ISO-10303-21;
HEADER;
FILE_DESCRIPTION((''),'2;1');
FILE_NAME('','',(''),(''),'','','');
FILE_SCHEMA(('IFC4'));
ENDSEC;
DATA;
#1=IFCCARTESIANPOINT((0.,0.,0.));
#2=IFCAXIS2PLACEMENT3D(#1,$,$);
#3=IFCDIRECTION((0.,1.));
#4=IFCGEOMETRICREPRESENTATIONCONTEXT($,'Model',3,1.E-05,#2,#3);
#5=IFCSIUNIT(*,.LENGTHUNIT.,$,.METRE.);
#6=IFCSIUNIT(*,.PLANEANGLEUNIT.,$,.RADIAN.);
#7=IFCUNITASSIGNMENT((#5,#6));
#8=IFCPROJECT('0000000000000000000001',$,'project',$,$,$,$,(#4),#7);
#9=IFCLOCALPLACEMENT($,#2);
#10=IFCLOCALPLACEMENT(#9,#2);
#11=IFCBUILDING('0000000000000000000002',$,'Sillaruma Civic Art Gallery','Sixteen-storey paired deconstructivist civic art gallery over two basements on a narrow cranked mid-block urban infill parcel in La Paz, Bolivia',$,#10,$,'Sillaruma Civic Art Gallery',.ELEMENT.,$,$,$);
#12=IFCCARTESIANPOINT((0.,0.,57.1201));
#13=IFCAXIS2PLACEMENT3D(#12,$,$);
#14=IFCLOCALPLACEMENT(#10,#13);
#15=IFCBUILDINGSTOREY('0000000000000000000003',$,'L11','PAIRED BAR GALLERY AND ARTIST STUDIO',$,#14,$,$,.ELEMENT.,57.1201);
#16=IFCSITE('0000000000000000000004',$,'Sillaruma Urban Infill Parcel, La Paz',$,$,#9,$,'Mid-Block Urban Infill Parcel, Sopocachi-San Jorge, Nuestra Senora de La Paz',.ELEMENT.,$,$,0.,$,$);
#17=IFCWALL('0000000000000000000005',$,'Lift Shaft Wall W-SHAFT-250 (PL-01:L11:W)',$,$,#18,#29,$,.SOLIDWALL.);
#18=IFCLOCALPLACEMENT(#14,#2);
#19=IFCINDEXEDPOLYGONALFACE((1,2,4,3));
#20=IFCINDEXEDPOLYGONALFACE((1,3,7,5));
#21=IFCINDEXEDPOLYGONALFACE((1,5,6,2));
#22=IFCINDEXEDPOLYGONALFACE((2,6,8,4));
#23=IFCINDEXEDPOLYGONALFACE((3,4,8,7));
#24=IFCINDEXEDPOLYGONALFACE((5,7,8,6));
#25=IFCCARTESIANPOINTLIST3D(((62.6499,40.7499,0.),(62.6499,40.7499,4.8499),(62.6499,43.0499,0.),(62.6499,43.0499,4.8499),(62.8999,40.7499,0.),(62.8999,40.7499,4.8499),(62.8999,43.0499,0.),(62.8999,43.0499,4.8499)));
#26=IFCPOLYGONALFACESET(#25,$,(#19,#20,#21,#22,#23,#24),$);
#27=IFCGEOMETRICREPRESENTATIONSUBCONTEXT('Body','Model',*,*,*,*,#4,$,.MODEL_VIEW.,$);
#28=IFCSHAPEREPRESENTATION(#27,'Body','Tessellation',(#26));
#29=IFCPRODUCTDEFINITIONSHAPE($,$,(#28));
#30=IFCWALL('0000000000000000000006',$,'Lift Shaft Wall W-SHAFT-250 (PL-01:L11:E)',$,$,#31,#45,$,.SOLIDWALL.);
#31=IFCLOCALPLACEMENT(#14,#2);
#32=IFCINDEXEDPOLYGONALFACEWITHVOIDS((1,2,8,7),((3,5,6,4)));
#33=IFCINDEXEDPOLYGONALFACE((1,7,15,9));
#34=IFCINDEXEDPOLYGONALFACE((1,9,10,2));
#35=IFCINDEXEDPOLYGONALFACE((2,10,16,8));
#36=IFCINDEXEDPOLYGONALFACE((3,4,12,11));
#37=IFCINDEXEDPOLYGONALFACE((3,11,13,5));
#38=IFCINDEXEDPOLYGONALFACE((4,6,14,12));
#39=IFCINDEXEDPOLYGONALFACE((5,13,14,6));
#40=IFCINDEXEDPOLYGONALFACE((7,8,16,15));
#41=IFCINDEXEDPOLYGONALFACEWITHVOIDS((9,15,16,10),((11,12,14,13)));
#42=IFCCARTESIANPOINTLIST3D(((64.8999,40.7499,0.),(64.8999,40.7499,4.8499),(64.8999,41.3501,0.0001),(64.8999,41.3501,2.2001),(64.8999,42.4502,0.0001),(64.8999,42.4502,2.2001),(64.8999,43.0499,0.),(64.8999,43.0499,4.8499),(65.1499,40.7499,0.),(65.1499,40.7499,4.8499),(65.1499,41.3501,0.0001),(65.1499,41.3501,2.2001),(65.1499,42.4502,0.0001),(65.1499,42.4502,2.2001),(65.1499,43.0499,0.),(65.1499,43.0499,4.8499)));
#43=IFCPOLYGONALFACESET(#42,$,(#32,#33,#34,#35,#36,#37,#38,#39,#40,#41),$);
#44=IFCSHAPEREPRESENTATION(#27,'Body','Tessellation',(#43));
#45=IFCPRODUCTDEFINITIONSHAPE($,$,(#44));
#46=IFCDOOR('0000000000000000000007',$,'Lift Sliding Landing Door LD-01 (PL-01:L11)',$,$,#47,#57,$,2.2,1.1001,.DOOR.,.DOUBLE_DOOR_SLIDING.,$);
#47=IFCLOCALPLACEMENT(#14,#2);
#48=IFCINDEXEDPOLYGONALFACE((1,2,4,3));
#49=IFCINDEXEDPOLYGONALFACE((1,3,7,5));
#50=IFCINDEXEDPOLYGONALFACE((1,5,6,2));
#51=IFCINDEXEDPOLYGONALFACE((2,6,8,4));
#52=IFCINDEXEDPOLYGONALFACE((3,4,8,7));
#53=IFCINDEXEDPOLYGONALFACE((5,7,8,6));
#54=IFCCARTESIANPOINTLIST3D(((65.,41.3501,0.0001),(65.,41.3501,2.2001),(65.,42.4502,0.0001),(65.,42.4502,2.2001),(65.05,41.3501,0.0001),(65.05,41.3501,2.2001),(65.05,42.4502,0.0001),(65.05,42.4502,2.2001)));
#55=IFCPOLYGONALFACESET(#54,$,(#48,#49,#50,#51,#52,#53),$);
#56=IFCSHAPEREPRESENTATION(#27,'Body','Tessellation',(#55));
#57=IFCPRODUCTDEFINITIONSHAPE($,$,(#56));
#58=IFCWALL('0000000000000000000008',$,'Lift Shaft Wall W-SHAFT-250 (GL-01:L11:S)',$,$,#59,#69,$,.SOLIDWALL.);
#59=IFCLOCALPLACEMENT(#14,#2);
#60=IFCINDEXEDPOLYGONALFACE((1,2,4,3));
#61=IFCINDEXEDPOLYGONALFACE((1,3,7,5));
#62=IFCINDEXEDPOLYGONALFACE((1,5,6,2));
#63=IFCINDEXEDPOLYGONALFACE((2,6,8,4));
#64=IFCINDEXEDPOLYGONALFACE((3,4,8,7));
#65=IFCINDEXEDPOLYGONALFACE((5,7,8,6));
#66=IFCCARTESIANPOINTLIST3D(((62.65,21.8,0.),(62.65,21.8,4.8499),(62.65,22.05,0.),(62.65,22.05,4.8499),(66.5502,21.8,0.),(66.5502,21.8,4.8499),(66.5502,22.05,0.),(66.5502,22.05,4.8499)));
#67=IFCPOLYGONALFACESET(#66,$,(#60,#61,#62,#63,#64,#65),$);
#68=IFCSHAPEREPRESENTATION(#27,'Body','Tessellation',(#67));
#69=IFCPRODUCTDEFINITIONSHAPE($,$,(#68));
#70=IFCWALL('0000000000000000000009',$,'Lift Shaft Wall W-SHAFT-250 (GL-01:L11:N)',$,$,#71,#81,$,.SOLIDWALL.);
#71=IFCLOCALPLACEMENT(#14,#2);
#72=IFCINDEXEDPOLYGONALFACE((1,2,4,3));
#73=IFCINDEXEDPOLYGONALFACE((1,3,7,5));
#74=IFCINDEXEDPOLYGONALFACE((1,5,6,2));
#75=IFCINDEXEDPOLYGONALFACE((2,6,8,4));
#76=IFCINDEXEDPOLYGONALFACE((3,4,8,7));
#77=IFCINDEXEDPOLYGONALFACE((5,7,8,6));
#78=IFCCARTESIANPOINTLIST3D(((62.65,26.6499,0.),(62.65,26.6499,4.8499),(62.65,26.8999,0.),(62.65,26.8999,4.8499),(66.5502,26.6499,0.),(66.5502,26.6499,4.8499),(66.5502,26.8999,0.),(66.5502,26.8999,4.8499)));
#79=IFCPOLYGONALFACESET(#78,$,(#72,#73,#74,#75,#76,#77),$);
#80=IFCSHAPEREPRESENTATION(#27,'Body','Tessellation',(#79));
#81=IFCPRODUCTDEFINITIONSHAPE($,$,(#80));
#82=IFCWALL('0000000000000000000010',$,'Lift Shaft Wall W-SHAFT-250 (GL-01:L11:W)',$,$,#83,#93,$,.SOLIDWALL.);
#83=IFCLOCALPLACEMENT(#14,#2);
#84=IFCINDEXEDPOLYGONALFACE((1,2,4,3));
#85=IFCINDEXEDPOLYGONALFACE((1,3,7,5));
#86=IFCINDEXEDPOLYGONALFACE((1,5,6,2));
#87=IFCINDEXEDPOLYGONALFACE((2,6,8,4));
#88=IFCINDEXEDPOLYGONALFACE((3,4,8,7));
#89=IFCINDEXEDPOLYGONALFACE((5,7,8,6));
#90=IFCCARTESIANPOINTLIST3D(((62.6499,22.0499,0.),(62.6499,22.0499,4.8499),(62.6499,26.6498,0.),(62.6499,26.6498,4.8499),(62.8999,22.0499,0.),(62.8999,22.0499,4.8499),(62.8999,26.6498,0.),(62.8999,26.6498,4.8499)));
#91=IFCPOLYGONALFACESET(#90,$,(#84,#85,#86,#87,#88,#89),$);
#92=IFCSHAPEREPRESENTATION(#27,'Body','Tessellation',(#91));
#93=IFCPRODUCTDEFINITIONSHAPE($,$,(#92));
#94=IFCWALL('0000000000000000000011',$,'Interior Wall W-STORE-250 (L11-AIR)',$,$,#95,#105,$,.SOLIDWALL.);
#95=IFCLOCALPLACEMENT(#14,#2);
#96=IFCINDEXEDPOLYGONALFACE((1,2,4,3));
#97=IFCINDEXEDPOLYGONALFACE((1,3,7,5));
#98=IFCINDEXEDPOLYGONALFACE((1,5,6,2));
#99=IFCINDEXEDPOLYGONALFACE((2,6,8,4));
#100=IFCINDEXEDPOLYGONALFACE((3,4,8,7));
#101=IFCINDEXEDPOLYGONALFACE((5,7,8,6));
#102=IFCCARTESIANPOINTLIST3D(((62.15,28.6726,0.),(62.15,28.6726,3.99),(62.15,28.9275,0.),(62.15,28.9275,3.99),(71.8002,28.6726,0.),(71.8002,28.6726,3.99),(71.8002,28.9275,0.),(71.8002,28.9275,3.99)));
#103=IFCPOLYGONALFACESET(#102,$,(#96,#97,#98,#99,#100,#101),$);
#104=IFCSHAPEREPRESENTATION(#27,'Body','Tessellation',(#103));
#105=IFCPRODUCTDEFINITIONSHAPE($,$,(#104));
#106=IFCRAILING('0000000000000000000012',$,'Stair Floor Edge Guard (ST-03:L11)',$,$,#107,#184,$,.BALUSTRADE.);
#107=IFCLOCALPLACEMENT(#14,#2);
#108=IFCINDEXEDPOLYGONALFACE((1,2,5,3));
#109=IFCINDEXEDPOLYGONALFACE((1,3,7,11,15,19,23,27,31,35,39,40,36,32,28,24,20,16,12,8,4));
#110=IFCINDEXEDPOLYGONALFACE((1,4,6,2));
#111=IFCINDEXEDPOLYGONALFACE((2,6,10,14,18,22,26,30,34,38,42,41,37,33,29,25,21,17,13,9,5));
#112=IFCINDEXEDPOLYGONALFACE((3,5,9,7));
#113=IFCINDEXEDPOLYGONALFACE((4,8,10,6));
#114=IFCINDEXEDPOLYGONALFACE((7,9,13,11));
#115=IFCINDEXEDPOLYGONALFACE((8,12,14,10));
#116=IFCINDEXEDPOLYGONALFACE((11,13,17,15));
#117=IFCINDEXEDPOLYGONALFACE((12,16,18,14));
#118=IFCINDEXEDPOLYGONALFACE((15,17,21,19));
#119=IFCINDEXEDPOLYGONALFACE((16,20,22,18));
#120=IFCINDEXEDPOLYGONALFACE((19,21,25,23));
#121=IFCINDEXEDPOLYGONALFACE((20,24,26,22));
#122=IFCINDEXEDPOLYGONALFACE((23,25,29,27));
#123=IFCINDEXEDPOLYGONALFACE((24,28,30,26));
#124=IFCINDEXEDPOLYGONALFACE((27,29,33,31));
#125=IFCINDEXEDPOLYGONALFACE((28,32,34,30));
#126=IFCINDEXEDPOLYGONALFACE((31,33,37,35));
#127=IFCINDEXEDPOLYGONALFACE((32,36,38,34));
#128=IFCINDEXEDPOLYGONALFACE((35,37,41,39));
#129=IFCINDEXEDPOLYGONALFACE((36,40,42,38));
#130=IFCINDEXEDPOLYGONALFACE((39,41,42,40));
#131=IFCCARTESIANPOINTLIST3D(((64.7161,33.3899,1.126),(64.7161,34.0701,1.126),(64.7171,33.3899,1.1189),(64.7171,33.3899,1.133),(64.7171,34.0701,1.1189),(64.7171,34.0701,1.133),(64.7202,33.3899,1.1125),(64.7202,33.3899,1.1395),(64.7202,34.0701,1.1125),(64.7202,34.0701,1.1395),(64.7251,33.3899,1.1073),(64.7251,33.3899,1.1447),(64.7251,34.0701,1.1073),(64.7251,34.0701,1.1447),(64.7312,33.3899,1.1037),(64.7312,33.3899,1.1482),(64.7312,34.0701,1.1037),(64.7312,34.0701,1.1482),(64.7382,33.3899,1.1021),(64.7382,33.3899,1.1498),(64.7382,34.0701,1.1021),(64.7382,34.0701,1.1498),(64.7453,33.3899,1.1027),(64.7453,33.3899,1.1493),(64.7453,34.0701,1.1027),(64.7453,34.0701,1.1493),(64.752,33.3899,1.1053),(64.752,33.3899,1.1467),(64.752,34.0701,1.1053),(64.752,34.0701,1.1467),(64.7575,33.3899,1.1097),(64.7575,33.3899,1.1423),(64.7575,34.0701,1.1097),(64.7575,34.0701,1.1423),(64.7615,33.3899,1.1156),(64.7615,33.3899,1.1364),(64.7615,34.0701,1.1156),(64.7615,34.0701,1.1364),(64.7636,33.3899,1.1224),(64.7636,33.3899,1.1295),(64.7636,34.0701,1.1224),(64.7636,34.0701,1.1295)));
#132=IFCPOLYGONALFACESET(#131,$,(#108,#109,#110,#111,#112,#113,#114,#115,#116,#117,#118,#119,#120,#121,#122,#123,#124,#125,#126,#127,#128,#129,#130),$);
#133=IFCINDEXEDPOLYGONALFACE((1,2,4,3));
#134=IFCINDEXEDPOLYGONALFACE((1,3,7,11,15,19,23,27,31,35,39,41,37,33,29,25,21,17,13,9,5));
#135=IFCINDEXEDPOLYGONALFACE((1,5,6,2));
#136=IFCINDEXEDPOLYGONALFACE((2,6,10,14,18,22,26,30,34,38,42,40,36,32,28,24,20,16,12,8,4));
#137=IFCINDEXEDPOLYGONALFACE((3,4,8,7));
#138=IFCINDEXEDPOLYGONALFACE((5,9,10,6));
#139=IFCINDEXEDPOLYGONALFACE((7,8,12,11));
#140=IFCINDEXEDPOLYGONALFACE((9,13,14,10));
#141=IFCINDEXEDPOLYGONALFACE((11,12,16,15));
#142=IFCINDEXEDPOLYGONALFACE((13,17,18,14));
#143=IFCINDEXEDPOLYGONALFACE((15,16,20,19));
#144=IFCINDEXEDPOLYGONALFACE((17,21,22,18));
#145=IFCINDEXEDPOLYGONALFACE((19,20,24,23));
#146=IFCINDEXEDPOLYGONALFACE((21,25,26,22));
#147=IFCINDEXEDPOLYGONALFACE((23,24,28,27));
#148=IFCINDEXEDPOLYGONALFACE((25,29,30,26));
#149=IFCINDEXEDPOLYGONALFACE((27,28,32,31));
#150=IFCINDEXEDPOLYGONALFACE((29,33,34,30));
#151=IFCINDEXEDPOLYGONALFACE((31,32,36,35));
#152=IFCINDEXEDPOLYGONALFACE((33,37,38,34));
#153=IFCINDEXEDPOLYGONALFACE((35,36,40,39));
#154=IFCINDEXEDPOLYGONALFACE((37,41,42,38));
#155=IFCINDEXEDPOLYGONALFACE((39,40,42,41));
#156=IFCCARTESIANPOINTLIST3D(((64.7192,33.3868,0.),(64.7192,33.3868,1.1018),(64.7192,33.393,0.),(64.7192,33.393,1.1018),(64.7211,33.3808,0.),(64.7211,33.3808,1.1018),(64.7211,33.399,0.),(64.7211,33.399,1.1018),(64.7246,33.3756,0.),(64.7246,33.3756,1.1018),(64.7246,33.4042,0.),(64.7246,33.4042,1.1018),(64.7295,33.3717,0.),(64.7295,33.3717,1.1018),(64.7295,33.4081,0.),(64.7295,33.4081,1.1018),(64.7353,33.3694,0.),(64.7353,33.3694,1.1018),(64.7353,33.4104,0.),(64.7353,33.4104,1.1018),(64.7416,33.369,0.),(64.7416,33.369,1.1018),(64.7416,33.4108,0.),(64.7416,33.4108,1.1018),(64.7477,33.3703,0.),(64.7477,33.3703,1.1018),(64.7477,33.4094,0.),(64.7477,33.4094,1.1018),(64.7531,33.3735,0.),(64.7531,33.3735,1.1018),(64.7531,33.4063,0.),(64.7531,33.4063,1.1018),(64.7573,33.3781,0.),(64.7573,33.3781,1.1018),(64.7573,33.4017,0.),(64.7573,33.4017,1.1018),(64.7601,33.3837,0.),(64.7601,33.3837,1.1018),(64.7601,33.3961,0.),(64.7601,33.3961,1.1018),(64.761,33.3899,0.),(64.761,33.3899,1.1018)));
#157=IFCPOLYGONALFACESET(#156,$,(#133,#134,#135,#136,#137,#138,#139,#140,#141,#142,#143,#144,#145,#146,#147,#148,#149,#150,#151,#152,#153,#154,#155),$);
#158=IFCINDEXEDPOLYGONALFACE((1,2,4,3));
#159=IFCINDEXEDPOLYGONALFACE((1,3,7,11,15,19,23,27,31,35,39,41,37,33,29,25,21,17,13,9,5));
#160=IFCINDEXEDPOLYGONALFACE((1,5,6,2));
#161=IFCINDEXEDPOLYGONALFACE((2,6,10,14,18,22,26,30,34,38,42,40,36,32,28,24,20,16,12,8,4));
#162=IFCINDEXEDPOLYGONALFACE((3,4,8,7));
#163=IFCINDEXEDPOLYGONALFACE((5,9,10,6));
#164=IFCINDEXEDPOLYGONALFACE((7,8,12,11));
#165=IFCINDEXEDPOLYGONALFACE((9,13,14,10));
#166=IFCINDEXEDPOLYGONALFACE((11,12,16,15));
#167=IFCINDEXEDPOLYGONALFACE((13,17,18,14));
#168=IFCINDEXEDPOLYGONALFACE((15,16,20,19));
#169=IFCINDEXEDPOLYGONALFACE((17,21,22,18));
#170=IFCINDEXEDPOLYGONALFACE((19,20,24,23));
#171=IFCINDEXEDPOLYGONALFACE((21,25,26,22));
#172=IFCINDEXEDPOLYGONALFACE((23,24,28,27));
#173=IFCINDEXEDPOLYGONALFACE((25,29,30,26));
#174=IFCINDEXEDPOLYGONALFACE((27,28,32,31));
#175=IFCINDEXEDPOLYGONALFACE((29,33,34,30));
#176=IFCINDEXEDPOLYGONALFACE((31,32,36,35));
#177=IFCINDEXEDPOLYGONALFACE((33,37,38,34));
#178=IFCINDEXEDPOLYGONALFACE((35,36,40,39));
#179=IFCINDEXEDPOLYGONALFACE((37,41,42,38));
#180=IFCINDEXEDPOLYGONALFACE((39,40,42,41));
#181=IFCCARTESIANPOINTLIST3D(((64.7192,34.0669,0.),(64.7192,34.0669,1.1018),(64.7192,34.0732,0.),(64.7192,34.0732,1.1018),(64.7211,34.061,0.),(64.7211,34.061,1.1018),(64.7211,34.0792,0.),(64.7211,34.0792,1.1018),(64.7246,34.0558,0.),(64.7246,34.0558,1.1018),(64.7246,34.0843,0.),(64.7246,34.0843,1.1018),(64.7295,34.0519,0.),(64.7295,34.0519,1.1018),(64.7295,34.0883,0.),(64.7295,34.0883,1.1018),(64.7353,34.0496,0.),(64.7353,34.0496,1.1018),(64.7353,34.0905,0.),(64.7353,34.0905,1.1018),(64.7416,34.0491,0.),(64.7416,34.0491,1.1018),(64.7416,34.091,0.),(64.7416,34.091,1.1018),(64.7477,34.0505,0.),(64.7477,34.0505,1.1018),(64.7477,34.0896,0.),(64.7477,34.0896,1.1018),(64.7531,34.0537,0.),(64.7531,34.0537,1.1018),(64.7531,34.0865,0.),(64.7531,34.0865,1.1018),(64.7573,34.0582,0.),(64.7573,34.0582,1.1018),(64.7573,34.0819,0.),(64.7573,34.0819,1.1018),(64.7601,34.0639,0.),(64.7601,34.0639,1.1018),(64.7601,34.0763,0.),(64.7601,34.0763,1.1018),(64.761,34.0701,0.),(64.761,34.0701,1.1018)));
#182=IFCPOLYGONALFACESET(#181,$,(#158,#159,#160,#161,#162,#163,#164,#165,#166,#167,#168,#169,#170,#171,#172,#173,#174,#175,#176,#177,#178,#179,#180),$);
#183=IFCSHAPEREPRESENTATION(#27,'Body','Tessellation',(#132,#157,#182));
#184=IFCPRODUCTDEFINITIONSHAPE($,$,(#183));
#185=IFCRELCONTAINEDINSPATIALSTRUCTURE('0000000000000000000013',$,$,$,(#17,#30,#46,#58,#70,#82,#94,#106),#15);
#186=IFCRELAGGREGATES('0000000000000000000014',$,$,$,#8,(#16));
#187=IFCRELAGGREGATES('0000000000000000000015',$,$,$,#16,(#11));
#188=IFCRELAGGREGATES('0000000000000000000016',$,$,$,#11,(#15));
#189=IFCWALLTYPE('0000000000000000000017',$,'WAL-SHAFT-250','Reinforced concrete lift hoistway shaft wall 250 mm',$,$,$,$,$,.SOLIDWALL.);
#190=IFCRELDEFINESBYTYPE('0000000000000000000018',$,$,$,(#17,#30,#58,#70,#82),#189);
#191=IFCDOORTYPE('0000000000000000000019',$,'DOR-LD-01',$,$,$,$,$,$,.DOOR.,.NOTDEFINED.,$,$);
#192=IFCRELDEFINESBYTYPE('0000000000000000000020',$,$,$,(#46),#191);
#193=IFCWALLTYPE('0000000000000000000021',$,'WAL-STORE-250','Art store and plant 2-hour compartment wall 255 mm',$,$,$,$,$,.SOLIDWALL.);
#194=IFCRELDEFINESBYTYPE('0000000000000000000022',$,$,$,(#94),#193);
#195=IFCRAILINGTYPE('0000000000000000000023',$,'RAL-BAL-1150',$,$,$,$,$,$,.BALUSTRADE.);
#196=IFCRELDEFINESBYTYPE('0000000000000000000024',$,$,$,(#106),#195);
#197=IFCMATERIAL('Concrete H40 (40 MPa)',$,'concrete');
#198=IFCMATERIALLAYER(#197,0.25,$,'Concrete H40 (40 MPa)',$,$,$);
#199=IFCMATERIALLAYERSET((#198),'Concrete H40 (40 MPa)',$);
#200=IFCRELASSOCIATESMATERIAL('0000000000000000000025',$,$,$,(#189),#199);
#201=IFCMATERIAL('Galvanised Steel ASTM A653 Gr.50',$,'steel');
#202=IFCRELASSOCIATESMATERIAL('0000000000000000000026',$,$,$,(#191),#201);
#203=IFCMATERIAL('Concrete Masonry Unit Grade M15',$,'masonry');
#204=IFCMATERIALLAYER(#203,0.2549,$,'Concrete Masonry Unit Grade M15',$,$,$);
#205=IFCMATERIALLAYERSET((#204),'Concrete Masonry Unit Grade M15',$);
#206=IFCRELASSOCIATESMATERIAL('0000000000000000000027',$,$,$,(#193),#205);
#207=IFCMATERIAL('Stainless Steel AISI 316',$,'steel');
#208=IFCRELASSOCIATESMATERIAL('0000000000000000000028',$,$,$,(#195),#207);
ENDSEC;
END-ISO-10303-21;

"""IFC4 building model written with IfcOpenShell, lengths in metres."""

from ifc_helpers import new_model, si_unit, direction, frame, frame_2d, origin, origin_2d, place, context, subcontext, project, spatial, rectangle, circle, extrude, material, layer, layer_set, type_object, element, fill, save


model = new_model("IFC4")

# Units and contexts
model_context = context("Model", 3, precision=1e-05, world=origin(), true_north=direction((0.0, 1.0)))
body_context = subcontext(model_context, "Body", "Model", "MODEL_VIEW")
ifc_project = project(units=[si_unit("LENGTHUNIT", "METRE"), si_unit("PLANEANGLEUNIT", "RADIAN")], contexts=[model_context])

# Site, building, storey
site_placement = place(None, origin())
site = spatial("IfcSite", under=ifc_project, at=site_placement, Name="Sillaruma Urban Infill Parcel, La Paz", LongName="Mid-Block Urban Infill Parcel, Sopocachi-San Jorge, Nuestra Senora de La Paz", CompositionType="ELEMENT", RefElevation=0.0)
building_placement = place(site_placement, origin())
building = spatial("IfcBuilding", under=site, at=building_placement, Name="Sillaruma Civic Art Gallery", Description="Sixteen-storey paired deconstructivist civic art gallery over two basements on a narrow cranked mid-block urban infill parcel in La Paz, Bolivia", LongName="Sillaruma Civic Art Gallery", CompositionType="ELEMENT")
storey_placement = place(building_placement, frame((0.0, 0.0, 57.1201)))
storey = spatial("IfcBuildingStorey", under=building, at=storey_placement, Name="L11", Description="PAIRED BAR GALLERY AND ARTIST STUDIO", CompositionType="ELEMENT", Elevation=57.1201)

# Shared definitions
ifc_material_1 = material(Name="Concrete H40 (40 MPa)", Category="concrete")
ifc_material_2 = material(Name="Galvanised Steel ASTM A653 Gr.50", Category="steel")

# Wall
ifc_material_3 = material(Name="Concrete Masonry Unit Grade M15", Category="masonry")
ifc_layer_1 = layer(ifc_material_1, 0.25, Name="Concrete H40 (40 MPa)")
ifc_layer_set_1 = layer_set([ifc_layer_1], Name="Concrete H40 (40 MPa)")
wall_type_1 = type_object("IfcWallType", Name="WAL-SHAFT-250", Description="Reinforced concrete lift hoistway shaft wall 250 mm", PredefinedType="SOLIDWALL", material=ifc_layer_set_1)
wall_1_placement = place(storey_placement, frame((62.7749, 40.75, 0.0), z_axis=(0.0, 0.0, 1.0), x_axis=(0.0, 1.0, 0.0)))
element("IfcWall", 1, at=wall_1_placement, inside=storey, type_object=wall_type_1, Name="Lift Shaft Wall W-SHAFT-250 (PL-01:L11:W)", PredefinedType="SOLIDWALL", context=body_context, shape_type="SweptSolid", body=[
    extrude(rectangle(XDim=2.3, YDim=0.25, at=frame_2d((1.1499, 0.0))), origin(), (0.0, 0.0, 1.0), 4.8499),
])

# Wall, opening, door
wall_2_placement = place(storey_placement, frame((65.0249, 40.75, 0.0), z_axis=(0.0, 0.0, 1.0), x_axis=(0.0, 1.0, 0.0)))
wall_2 = element("IfcWall", 2, at=wall_2_placement, inside=storey, type_object=wall_type_1, Name="Lift Shaft Wall W-SHAFT-250 (PL-01:L11:E)", PredefinedType="SOLIDWALL", context=body_context, shape_type="SweptSolid", body=[
    extrude(rectangle(XDim=2.3, YDim=0.25, at=frame_2d((1.1499, 0.0))), origin(), (0.0, 0.0, 1.0), 4.8499),
])
opening_1_placement = place(wall_2_placement, frame((0.6001, 0.0, 0.0)))
opening_1 = element("IfcOpeningElement", 3, at=opening_1_placement, cuts=wall_2, PredefinedType="OPENING", context=body_context, shape_type="SweptSolid", body=[
    extrude(rectangle(XDim=1.1001, YDim=2.2, at=frame_2d((0.55, 1.1001))), frame((0.0, 0.135, 0.0), z_axis=(0.0, -1.0, 0.0), x_axis=(1.0, 0.0, 0.0)), (0.0, 0.0, 1.0), 0.27),
])
door_type_1 = type_object("IfcDoorType", Name="DOR-LD-01", OperationType="NOTDEFINED", PredefinedType="DOOR", material=ifc_material_2)
door_1_placement = place(opening_1_placement, origin())
door_1 = element("IfcDoor", 4, at=door_1_placement, inside=storey, type_object=door_type_1, Name="Lift Sliding Landing Door LD-01 (PL-01:L11)", OperationType="DOUBLE_DOOR_SLIDING", OverallHeight=2.2, OverallWidth=1.1001, PredefinedType="DOOR", context=body_context, shape_type="SweptSolid", body=[
    extrude(rectangle(XDim=1.1001, YDim=2.2, at=frame_2d((0.55, 1.1001))), frame((0.0, 0.0249, 0.0), z_axis=(0.0, -1.0, 0.0), x_axis=(1.0, 0.0, 0.0)), (0.0, 0.0, 1.0), 0.05),
])
fill(opening_1, door_1)

# Walls
for number, where, z_axis, x_axis, name in (
    (5, (62.6499, 21.925, 0.0), (0.0, 0.0, 1.0), (1.0, 0.0, 0.0), "Lift Shaft Wall W-SHAFT-250 (GL-01:L11:S)"),
    (6, (62.6499, 26.7749, 0.0), (0.0, 0.0, 1.0), (1.0, 0.0, 0.0), "Lift Shaft Wall W-SHAFT-250 (GL-01:L11:N)"),
):
    element("IfcWall", number, at=place(storey_placement, frame(where, z_axis=z_axis, x_axis=x_axis)), inside=storey, type_object=wall_type_1, Name=name, PredefinedType="SOLIDWALL", context=body_context, shape_type="SweptSolid", body=[
        extrude(rectangle(XDim=3.9001, YDim=0.25, at=frame_2d((1.9502, 0.0))), origin(), (0.0, 0.0, 1.0), 4.8499),
    ])
wall_3_placement = place(storey_placement, frame((62.7749, 22.05, 0.0), z_axis=(0.0, 0.0, 1.0), x_axis=(0.0, 1.0, 0.0)))
element("IfcWall", 7, at=wall_3_placement, inside=storey, type_object=wall_type_1, Name="Lift Shaft Wall W-SHAFT-250 (GL-01:L11:W)", PredefinedType="SOLIDWALL", context=body_context, shape_type="SweptSolid", body=[
    extrude(rectangle(XDim=4.5999, YDim=0.25, at=frame_2d((2.2998, 0.0))), origin(), (0.0, 0.0, 1.0), 4.8499),
])

# Wall
ifc_layer_2 = layer(ifc_material_3, 0.2549, Name="Concrete Masonry Unit Grade M15")
ifc_layer_set_2 = layer_set([ifc_layer_2], Name="Concrete Masonry Unit Grade M15")
wall_type_2 = type_object("IfcWallType", Name="WAL-STORE-250", Description="Art store and plant 2-hour compartment wall 255 mm", PredefinedType="SOLIDWALL", material=ifc_layer_set_2)
wall_4_placement = place(storey_placement, frame((62.1499, 28.8, 0.0), z_axis=(0.0, 0.0, 1.0), x_axis=(1.0, 0.0, 0.0)))
element("IfcWall", 8, at=wall_4_placement, inside=storey, type_object=wall_type_2, Name="Interior Wall W-STORE-250 (L11-AIR)", PredefinedType="SOLIDWALL", context=body_context, shape_type="SweptSolid", body=[
    extrude(rectangle(XDim=9.6501, YDim=0.2549, at=frame_2d((4.8252, 0.0))), origin(), (0.0, 0.0, 1.0), 3.99),
])

# Railing
ifc_material_4 = material(Name="Stainless Steel AISI 316", Category="steel")
railing_type_1 = type_object("IfcRailingType", Name="RAL-BAL-1150", PredefinedType="BALUSTRADE", material=ifc_material_4)
railing_1_placement = place(storey_placement, frame((64.74, 33.3899, 0.0)))
element("IfcRailing", 9, at=railing_1_placement, inside=storey, type_object=railing_type_1, Name="Stair Floor Edge Guard (ST-03:L11)", PredefinedType="BALUSTRADE", context=body_context, shape_type="SweptSolid", body=[
    extrude(circle(Radius=0.0239, at=origin_2d()), frame((0.0, 0.0, 1.126), z_axis=(0.0, 1.0, 0.0), x_axis=(-1.0, 0.0, 0.0)), (0.0, 0.0, 1.0), 0.6802),
    extrude(circle(Radius=0.021, at=origin_2d()), origin(), (0.0, 0.0, 1.0), 1.1018),
    extrude(circle(Radius=0.021, at=origin_2d()), frame((0.0, 0.6802, 0.0)), (0.0, 0.0, 1.0), 1.1018),
])

save(model, "model.ifc")
